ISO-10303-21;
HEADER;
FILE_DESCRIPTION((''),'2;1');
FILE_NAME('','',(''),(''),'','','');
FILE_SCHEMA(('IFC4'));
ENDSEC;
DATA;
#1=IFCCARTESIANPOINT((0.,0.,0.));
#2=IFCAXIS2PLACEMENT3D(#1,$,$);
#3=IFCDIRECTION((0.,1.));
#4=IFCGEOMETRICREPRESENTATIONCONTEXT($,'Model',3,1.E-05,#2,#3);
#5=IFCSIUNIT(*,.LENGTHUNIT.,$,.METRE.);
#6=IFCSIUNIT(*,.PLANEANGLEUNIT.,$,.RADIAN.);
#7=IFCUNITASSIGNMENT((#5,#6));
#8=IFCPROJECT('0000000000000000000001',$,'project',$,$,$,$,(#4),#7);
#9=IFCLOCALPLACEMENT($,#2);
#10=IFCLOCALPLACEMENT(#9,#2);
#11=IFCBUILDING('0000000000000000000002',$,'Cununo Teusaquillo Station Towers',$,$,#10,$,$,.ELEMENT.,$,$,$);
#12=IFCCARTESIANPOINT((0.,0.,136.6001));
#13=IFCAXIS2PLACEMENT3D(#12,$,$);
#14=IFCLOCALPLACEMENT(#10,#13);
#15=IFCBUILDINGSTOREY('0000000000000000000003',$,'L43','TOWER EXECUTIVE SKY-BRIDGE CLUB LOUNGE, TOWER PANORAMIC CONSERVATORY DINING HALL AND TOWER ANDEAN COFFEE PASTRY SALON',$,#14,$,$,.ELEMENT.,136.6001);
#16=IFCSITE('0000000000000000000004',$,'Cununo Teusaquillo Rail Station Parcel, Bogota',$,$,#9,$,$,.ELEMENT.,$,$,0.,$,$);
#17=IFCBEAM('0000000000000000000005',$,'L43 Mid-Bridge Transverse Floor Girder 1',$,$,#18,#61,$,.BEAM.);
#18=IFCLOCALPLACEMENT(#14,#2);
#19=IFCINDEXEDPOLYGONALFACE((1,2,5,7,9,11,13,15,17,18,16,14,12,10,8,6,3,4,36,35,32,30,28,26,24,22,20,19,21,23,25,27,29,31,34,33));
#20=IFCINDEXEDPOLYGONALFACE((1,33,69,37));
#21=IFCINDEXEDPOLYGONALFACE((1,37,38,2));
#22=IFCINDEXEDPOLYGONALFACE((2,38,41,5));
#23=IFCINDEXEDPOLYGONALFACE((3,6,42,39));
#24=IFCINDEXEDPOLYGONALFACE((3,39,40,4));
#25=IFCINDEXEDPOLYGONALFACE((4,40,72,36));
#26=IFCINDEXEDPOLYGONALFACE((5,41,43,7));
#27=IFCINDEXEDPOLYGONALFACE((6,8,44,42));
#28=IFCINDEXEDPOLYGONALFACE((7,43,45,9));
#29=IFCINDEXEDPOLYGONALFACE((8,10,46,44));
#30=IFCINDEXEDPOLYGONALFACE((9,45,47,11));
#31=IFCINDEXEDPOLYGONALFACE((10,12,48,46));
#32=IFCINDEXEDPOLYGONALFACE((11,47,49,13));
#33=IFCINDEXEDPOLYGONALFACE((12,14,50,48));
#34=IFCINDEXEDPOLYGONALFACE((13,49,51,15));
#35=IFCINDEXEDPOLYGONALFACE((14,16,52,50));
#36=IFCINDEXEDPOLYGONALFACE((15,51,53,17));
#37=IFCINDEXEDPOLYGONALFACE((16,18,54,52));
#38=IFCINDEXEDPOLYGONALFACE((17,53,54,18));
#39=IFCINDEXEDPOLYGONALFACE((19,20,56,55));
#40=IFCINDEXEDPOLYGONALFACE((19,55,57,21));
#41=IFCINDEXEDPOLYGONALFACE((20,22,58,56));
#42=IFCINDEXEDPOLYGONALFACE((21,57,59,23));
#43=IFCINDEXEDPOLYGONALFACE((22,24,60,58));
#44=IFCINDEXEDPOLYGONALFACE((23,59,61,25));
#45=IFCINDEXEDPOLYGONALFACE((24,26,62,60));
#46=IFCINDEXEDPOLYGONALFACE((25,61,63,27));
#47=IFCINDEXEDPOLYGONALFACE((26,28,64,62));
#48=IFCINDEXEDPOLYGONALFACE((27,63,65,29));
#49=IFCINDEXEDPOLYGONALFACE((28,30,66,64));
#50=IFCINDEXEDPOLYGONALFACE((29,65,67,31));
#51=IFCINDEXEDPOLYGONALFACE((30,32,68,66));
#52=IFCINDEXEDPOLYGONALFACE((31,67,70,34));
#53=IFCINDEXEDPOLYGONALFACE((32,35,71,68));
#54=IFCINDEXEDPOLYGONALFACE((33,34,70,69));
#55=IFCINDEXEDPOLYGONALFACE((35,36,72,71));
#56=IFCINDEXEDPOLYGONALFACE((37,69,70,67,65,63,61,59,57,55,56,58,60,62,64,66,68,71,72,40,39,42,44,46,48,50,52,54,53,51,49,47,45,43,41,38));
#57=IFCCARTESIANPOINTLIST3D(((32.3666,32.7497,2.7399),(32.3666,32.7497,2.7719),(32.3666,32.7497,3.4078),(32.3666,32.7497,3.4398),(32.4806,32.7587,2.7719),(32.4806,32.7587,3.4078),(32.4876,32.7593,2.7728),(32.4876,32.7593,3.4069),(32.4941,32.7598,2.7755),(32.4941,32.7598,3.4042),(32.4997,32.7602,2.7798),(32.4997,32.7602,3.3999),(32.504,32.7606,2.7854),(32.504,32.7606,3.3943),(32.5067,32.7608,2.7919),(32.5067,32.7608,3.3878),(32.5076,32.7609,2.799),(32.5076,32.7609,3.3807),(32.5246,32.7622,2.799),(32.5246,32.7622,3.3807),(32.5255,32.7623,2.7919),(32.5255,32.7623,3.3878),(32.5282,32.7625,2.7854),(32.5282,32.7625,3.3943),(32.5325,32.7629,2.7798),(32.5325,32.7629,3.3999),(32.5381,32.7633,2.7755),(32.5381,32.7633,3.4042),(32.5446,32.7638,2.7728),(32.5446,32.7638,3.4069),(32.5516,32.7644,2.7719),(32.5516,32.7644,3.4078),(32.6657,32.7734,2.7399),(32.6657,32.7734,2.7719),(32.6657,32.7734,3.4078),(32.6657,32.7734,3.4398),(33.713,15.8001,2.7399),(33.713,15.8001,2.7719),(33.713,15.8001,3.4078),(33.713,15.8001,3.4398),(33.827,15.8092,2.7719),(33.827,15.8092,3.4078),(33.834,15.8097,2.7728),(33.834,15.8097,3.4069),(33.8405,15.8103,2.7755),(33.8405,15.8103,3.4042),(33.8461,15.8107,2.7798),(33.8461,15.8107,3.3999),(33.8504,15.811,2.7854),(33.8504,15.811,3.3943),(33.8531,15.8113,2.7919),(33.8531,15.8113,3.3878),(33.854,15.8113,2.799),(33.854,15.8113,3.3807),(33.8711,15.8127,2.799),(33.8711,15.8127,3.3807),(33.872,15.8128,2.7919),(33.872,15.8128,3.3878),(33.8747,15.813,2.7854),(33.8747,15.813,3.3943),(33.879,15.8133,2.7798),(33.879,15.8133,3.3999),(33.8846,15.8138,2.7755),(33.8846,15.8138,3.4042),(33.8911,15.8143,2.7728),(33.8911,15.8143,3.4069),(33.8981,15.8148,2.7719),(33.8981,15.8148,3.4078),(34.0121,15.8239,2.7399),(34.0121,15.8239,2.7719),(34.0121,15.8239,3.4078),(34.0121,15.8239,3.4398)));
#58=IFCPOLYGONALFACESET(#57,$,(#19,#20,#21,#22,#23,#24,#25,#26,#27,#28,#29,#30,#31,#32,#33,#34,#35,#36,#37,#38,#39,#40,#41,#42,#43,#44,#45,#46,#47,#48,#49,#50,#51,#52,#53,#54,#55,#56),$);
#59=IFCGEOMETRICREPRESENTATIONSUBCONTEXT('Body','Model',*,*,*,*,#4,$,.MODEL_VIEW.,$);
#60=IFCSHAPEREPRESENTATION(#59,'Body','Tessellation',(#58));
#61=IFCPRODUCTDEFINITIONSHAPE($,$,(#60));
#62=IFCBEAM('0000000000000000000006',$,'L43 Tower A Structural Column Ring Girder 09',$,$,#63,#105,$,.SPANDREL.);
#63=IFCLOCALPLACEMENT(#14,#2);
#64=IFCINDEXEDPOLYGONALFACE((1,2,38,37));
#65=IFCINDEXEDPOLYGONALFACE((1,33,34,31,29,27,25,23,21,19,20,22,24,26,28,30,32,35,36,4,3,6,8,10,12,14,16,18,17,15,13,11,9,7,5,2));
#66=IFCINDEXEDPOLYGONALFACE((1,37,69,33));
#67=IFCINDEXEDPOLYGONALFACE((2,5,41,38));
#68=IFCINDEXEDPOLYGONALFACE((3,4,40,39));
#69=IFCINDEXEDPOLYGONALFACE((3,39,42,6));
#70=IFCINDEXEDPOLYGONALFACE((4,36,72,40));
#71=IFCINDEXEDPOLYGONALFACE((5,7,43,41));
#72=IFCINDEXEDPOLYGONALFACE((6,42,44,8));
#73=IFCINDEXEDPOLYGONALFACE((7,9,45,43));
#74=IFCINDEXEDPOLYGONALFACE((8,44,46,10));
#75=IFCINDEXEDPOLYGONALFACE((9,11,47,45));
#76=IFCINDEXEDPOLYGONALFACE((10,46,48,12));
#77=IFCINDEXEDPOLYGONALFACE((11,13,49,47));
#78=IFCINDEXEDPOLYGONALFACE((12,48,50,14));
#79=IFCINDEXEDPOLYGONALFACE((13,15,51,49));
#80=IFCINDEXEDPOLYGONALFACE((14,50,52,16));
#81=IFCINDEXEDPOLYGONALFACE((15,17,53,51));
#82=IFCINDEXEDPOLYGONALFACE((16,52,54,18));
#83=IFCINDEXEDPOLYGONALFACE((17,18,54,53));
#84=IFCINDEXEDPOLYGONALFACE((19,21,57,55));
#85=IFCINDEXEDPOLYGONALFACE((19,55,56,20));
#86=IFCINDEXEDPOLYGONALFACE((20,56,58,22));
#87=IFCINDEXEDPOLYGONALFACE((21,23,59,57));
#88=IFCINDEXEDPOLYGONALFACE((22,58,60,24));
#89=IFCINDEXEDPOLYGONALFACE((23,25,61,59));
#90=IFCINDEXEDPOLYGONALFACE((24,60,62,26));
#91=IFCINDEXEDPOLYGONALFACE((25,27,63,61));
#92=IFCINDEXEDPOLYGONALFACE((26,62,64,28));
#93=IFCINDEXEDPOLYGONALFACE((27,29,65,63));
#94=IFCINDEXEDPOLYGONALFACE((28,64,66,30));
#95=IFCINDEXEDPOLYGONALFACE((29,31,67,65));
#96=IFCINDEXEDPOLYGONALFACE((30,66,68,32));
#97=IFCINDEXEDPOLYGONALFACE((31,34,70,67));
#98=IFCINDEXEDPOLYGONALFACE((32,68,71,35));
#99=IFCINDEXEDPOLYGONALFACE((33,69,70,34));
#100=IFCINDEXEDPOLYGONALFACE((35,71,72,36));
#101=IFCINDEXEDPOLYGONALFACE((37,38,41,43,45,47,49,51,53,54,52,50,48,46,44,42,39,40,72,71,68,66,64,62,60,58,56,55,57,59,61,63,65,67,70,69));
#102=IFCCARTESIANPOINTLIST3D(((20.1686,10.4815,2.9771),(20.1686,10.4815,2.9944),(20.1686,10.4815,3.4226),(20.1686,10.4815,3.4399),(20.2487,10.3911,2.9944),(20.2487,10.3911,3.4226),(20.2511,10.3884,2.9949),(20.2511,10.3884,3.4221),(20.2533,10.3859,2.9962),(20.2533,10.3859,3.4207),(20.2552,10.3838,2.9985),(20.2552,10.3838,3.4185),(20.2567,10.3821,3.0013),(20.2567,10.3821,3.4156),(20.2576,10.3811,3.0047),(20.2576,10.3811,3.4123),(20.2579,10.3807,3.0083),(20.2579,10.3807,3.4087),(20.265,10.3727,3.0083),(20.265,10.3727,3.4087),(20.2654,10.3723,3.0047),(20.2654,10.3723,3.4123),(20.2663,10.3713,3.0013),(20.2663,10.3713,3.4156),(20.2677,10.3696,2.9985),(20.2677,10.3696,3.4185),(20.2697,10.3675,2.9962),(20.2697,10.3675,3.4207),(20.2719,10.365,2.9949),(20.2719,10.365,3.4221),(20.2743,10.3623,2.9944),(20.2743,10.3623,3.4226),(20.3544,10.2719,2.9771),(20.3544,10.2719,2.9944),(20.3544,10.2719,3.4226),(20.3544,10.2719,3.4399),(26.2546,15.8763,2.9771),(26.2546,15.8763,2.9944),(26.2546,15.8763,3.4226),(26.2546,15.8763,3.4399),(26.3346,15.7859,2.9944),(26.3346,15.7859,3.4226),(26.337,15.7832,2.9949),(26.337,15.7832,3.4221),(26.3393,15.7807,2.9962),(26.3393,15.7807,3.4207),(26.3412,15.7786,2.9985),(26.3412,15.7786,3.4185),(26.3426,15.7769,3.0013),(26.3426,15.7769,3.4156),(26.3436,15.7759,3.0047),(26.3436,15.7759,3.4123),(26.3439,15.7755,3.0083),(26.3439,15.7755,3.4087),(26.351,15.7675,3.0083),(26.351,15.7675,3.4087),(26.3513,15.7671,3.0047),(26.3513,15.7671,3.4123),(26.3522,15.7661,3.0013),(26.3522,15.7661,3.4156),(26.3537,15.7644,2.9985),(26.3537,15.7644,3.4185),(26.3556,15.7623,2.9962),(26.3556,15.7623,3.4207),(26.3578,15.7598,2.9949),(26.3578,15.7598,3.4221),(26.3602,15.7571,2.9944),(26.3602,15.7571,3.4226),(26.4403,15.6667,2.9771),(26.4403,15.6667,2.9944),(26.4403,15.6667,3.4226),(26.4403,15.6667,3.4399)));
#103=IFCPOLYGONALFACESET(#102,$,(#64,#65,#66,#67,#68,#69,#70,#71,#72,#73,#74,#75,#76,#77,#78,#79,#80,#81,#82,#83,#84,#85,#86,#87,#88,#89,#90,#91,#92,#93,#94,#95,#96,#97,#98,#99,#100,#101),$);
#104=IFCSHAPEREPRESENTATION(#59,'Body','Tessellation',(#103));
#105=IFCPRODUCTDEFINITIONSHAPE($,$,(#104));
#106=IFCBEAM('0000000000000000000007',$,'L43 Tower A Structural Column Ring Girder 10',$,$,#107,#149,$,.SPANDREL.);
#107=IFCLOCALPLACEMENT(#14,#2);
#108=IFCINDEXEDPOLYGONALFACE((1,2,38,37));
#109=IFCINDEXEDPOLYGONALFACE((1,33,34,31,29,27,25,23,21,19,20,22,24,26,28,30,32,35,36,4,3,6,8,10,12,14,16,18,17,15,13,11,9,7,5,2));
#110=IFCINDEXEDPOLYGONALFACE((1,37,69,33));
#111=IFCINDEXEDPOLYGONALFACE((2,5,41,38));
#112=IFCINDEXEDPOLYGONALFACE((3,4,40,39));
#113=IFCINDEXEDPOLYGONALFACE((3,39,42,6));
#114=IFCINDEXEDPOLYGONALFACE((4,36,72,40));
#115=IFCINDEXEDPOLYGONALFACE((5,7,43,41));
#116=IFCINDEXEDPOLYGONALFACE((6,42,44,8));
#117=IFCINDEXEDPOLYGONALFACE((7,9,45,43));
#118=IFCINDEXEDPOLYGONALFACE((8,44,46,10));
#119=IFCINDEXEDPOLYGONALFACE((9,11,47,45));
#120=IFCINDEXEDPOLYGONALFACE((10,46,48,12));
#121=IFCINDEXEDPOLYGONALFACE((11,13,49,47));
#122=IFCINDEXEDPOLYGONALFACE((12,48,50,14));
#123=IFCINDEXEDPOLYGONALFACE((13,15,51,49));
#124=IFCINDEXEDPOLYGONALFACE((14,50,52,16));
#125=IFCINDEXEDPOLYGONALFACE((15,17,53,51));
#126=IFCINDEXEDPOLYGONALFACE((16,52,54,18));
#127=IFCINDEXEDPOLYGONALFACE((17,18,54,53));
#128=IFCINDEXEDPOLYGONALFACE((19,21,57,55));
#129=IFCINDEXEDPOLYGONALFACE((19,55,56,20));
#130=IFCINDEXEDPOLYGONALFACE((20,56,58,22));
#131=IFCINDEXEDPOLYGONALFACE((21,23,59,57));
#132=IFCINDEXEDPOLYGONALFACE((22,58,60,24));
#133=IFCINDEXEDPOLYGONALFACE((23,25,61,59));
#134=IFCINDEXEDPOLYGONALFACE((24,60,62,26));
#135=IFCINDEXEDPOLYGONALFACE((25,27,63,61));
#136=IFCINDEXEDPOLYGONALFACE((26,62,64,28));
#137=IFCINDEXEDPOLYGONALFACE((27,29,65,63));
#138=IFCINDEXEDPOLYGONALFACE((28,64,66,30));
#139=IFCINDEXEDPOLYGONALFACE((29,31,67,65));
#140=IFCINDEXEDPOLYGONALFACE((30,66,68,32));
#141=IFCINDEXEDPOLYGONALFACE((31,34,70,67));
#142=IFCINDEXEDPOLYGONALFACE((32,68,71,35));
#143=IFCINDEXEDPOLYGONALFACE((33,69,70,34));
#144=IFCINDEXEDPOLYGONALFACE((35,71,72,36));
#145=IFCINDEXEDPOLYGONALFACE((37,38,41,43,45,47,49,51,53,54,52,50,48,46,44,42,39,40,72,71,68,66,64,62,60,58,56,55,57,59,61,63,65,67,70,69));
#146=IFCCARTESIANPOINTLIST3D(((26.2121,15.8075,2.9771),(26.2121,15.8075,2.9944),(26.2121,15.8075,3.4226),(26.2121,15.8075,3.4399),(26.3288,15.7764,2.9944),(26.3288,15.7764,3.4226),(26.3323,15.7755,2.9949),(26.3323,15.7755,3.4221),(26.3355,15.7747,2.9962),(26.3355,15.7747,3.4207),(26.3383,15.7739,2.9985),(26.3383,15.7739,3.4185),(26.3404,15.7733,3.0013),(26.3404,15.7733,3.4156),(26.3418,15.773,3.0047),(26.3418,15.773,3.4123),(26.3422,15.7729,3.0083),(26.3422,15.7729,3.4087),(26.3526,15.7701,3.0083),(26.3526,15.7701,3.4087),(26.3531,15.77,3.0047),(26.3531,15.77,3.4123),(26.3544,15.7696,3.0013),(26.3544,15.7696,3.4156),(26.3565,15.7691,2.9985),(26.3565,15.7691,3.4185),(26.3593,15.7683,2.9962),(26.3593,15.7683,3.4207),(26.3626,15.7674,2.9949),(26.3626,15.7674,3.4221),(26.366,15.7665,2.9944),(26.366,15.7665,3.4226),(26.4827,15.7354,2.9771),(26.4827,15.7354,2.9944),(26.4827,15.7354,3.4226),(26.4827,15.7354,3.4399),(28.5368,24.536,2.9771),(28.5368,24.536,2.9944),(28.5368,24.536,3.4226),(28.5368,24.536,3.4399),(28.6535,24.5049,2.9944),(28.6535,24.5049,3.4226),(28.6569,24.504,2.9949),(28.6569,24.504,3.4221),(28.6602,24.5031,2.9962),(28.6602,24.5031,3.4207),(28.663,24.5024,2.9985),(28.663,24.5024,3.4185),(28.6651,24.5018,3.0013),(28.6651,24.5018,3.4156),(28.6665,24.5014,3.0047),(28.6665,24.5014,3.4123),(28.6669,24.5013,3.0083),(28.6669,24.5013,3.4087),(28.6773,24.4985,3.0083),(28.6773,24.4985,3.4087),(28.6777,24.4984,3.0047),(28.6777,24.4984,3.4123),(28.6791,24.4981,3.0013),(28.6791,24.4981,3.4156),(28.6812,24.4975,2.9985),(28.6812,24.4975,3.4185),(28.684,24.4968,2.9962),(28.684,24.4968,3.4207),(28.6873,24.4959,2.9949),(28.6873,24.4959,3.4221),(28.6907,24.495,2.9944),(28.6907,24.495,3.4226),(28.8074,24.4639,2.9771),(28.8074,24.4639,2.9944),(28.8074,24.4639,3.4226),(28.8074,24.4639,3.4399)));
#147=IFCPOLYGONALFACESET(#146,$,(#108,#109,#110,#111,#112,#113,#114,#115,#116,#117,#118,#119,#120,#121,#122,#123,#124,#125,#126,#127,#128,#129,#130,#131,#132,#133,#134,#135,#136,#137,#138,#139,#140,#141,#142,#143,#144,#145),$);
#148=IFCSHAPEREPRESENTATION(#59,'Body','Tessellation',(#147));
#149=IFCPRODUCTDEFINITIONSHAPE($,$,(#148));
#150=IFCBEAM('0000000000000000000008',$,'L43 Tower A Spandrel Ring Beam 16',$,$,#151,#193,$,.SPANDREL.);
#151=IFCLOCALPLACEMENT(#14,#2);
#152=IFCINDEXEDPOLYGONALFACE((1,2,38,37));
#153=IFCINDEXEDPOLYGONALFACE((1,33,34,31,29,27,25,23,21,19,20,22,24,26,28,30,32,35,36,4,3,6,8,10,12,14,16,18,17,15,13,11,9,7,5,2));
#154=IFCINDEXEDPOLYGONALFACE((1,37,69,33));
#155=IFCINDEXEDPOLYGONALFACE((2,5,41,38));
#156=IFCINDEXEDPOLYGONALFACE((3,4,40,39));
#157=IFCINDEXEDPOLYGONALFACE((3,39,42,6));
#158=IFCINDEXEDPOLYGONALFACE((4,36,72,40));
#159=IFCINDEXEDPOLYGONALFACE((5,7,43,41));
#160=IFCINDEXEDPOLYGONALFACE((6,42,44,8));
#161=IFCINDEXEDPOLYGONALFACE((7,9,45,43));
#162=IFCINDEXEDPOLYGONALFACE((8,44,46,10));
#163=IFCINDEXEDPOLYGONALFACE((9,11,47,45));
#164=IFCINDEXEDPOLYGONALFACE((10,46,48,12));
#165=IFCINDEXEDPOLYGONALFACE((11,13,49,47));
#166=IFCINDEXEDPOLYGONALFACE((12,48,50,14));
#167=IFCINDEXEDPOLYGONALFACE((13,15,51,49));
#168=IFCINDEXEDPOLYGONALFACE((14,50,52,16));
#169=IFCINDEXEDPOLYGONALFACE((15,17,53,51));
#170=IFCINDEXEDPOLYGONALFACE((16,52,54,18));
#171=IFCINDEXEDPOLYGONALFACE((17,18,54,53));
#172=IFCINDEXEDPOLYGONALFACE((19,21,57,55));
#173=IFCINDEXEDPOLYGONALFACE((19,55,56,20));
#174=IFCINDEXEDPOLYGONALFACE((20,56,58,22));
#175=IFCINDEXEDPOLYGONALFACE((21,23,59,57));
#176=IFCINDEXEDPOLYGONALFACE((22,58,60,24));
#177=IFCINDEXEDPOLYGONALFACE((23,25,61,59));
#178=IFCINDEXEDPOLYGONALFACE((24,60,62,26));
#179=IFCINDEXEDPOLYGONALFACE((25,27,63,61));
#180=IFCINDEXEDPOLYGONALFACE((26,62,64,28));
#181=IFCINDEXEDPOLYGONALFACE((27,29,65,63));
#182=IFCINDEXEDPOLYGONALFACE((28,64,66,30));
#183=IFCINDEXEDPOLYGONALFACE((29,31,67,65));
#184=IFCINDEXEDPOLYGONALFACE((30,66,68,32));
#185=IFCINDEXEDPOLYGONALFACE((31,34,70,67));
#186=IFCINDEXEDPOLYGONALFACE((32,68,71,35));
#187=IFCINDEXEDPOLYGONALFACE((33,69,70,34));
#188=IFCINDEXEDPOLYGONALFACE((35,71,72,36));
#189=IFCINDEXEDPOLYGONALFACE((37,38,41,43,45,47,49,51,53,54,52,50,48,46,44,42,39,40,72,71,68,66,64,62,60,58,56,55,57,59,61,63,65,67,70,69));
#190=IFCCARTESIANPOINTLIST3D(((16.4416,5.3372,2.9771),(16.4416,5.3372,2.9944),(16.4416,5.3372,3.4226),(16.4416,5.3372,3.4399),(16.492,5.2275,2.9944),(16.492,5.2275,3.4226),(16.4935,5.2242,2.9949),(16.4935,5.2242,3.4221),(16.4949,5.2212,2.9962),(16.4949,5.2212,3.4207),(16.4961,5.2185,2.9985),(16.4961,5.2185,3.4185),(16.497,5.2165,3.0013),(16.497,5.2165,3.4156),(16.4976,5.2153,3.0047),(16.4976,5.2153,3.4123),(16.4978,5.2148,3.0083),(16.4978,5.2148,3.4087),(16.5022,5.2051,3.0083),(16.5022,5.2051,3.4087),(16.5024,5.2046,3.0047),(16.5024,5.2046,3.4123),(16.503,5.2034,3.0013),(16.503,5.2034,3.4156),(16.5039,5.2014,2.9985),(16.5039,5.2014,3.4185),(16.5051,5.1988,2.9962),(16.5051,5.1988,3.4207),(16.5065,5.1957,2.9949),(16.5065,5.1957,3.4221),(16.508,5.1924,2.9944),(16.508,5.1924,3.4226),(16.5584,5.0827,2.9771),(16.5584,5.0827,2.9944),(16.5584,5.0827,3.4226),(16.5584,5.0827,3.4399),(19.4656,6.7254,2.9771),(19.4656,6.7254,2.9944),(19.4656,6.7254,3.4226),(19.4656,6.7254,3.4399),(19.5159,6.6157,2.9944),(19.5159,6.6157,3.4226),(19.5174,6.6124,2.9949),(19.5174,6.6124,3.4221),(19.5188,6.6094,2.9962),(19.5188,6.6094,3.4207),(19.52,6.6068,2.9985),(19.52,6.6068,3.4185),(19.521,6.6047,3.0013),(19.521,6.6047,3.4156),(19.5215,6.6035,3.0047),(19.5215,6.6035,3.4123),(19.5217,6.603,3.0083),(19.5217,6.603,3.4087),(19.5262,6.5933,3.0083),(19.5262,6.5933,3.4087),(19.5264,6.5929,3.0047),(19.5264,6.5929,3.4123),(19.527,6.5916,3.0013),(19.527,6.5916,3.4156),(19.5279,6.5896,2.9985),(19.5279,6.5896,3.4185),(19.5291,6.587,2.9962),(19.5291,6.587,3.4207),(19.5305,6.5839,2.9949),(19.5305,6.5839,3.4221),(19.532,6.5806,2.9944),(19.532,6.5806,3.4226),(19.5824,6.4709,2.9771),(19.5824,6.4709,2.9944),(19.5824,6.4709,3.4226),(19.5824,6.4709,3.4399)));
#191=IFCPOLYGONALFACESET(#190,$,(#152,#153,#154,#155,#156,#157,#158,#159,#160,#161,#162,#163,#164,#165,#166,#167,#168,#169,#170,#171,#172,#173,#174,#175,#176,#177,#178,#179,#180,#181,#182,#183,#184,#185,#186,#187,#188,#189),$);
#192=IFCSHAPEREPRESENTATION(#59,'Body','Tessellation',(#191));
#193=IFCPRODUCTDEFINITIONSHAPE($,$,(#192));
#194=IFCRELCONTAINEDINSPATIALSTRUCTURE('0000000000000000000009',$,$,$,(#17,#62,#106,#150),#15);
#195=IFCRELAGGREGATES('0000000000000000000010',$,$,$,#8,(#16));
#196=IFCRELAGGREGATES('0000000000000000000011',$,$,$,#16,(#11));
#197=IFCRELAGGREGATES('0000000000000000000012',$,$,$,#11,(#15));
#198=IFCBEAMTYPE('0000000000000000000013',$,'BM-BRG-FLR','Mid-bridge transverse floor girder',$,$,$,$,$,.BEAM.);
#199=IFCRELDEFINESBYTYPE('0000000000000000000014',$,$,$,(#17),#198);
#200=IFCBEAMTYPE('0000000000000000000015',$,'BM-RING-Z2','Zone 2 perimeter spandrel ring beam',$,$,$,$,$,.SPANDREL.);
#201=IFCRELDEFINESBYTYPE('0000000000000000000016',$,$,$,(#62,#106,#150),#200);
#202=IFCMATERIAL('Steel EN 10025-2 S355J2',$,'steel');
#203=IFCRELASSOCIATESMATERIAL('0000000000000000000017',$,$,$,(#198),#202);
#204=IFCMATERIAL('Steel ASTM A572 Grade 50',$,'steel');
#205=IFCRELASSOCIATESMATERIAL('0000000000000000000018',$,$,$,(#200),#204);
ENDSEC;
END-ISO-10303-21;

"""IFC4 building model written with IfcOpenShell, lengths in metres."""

from ifc_helpers import new_model, si_unit, direction, frame, origin, origin_2d, place, context, subcontext, project, spatial, i_section, extrude, material, material_profile, profile_set, type_object, element, save


model = new_model("IFC4")

# Units and contexts
model_context = context("Model", 3, precision=1e-05, world=origin(), true_north=direction((0.0, 1.0)))
body_context = subcontext(model_context, "Body", "Model", "MODEL_VIEW")
ifc_project = project(units=[si_unit("LENGTHUNIT", "METRE"), si_unit("PLANEANGLEUNIT", "RADIAN")], contexts=[model_context])

# Site, building, storey
site_placement = place(None, origin())
site = spatial("IfcSite", under=ifc_project, at=site_placement, Name="Cununo Teusaquillo Rail Station Parcel, Bogota", CompositionType="ELEMENT", RefElevation=0.0)
building_placement = place(site_placement, origin())
building = spatial("IfcBuilding", under=site, at=building_placement, Name="Cununo Teusaquillo Station Towers", CompositionType="ELEMENT")
storey_placement = place(building_placement, frame((0.0, 0.0, 136.6001)))
storey = spatial("IfcBuildingStorey", under=building, at=storey_placement, Name="L43", Description="TOWER EXECUTIVE SKY-BRIDGE CLUB LOUNGE, TOWER PANORAMIC CONSERVATORY DINING HALL AND TOWER ANDEAN COFFEE PASTRY SALON", CompositionType="ELEMENT", Elevation=136.6001)

# Beams
ifc_material_1 = material(Name="Steel EN 10025-2 S355J2", Category="steel")
ifc_material_profile_1 = material_profile(ifc_material_1, i_section(OverallWidth=0.3, OverallDepth=0.7, WebThickness=0.0171, FlangeThickness=0.032, FilletRadius=0.0271, at=origin_2d()), Name="HEB 700")
ifc_profile_set_1 = profile_set([ifc_material_profile_1], Name="Steel EN 10025-2 S355J2")
beam_type_1 = type_object("IfcBeamType", Name="BM-BRG-FLR", Description="Mid-bridge transverse floor girder", PredefinedType="BEAM", material=ifc_profile_set_1)
beam_1_placement = place(storey_placement, frame((33.8625, 15.812, 3.0898), z_axis=(-0.079189, 0.99686, 0.0), x_axis=(-0.99686, -0.079189, 0.0)))
element("IfcBeam", 1, at=beam_1_placement, inside=storey, type_object=beam_type_1, Name="L43 Mid-Bridge Transverse Floor Girder 1", PredefinedType="BEAM", context=body_context, shape_type="SweptSolid", body=[
    extrude(i_section(OverallWidth=0.3, OverallDepth=0.7, WebThickness=0.0171, FlangeThickness=0.032, FilletRadius=0.0271, at=origin_2d()), origin(), (0.0, 0.0, 1.0), 17.0029),
])
ifc_material_2 = material(Name="Steel ASTM A572 Grade 50", Category="steel")
ifc_material_profile_2 = material_profile(ifc_material_2, i_section(OverallWidth=0.28, OverallDepth=0.4629, WebThickness=0.0107, FlangeThickness=0.0173, FilletRadius=0.0139, at=origin_2d()), Name="W18X76")
ifc_profile_set_2 = profile_set([ifc_material_profile_2], Name="Steel ASTM A572 Grade 50")
beam_type_2 = type_object("IfcBeamType", Name="BM-RING-Z2", Description="Zone 2 perimeter spandrel ring beam", PredefinedType="SPANDREL", material=ifc_profile_set_2)
beam_2_placement = place(storey_placement, frame((20.2615, 10.3767, 3.2085), z_axis=(0.748321, 0.663337, 0.0), x_axis=(-0.663337, 0.748321, 0.0)))
element("IfcBeam", 2, at=beam_2_placement, inside=storey, type_object=beam_type_2, Name="L43 Tower A Structural Column Ring Girder 09", PredefinedType="SPANDREL", context=body_context, shape_type="SweptSolid", body=[
    extrude(i_section(OverallWidth=0.28, OverallDepth=0.4629, WebThickness=0.0107, FlangeThickness=0.0173, FilletRadius=0.0139, at=origin_2d()), origin(), (0.0, 0.0, 1.0), 8.1328),
])
beam_3_placement = place(storey_placement, frame((26.3474, 15.7715, 3.2085), z_axis=(0.257363, 0.966315, 0.0), x_axis=(-0.966315, 0.257363, 0.0)))
element("IfcBeam", 3, at=beam_3_placement, inside=storey, type_object=beam_type_2, Name="L43 Tower A Structural Column Ring Girder 10", PredefinedType="SPANDREL", context=body_context, shape_type="SweptSolid", body=[
    extrude(i_section(OverallWidth=0.28, OverallDepth=0.4629, WebThickness=0.0107, FlangeThickness=0.0173, FilletRadius=0.0139, at=origin_2d()), origin(), (0.0, 0.0, 1.0), 9.0327),
])
beam_4_placement = place(storey_placement, frame((16.5, 5.21, 3.2085), z_axis=(0.908812, 0.417205, 0.0), x_axis=(-0.417205, 0.908812, 0.0)))
element("IfcBeam", 4, at=beam_4_placement, inside=storey, type_object=beam_type_2, Name="L43 Tower A Spandrel Ring Beam 16", PredefinedType="SPANDREL", context=body_context, shape_type="SweptSolid", body=[
    extrude(i_section(OverallWidth=0.28, OverallDepth=0.4629, WebThickness=0.0107, FlangeThickness=0.0173, FilletRadius=0.0139, at=origin_2d()), origin(), (0.0, 0.0, 1.0), 3.3274),
])

save(model, "model.ifc")
